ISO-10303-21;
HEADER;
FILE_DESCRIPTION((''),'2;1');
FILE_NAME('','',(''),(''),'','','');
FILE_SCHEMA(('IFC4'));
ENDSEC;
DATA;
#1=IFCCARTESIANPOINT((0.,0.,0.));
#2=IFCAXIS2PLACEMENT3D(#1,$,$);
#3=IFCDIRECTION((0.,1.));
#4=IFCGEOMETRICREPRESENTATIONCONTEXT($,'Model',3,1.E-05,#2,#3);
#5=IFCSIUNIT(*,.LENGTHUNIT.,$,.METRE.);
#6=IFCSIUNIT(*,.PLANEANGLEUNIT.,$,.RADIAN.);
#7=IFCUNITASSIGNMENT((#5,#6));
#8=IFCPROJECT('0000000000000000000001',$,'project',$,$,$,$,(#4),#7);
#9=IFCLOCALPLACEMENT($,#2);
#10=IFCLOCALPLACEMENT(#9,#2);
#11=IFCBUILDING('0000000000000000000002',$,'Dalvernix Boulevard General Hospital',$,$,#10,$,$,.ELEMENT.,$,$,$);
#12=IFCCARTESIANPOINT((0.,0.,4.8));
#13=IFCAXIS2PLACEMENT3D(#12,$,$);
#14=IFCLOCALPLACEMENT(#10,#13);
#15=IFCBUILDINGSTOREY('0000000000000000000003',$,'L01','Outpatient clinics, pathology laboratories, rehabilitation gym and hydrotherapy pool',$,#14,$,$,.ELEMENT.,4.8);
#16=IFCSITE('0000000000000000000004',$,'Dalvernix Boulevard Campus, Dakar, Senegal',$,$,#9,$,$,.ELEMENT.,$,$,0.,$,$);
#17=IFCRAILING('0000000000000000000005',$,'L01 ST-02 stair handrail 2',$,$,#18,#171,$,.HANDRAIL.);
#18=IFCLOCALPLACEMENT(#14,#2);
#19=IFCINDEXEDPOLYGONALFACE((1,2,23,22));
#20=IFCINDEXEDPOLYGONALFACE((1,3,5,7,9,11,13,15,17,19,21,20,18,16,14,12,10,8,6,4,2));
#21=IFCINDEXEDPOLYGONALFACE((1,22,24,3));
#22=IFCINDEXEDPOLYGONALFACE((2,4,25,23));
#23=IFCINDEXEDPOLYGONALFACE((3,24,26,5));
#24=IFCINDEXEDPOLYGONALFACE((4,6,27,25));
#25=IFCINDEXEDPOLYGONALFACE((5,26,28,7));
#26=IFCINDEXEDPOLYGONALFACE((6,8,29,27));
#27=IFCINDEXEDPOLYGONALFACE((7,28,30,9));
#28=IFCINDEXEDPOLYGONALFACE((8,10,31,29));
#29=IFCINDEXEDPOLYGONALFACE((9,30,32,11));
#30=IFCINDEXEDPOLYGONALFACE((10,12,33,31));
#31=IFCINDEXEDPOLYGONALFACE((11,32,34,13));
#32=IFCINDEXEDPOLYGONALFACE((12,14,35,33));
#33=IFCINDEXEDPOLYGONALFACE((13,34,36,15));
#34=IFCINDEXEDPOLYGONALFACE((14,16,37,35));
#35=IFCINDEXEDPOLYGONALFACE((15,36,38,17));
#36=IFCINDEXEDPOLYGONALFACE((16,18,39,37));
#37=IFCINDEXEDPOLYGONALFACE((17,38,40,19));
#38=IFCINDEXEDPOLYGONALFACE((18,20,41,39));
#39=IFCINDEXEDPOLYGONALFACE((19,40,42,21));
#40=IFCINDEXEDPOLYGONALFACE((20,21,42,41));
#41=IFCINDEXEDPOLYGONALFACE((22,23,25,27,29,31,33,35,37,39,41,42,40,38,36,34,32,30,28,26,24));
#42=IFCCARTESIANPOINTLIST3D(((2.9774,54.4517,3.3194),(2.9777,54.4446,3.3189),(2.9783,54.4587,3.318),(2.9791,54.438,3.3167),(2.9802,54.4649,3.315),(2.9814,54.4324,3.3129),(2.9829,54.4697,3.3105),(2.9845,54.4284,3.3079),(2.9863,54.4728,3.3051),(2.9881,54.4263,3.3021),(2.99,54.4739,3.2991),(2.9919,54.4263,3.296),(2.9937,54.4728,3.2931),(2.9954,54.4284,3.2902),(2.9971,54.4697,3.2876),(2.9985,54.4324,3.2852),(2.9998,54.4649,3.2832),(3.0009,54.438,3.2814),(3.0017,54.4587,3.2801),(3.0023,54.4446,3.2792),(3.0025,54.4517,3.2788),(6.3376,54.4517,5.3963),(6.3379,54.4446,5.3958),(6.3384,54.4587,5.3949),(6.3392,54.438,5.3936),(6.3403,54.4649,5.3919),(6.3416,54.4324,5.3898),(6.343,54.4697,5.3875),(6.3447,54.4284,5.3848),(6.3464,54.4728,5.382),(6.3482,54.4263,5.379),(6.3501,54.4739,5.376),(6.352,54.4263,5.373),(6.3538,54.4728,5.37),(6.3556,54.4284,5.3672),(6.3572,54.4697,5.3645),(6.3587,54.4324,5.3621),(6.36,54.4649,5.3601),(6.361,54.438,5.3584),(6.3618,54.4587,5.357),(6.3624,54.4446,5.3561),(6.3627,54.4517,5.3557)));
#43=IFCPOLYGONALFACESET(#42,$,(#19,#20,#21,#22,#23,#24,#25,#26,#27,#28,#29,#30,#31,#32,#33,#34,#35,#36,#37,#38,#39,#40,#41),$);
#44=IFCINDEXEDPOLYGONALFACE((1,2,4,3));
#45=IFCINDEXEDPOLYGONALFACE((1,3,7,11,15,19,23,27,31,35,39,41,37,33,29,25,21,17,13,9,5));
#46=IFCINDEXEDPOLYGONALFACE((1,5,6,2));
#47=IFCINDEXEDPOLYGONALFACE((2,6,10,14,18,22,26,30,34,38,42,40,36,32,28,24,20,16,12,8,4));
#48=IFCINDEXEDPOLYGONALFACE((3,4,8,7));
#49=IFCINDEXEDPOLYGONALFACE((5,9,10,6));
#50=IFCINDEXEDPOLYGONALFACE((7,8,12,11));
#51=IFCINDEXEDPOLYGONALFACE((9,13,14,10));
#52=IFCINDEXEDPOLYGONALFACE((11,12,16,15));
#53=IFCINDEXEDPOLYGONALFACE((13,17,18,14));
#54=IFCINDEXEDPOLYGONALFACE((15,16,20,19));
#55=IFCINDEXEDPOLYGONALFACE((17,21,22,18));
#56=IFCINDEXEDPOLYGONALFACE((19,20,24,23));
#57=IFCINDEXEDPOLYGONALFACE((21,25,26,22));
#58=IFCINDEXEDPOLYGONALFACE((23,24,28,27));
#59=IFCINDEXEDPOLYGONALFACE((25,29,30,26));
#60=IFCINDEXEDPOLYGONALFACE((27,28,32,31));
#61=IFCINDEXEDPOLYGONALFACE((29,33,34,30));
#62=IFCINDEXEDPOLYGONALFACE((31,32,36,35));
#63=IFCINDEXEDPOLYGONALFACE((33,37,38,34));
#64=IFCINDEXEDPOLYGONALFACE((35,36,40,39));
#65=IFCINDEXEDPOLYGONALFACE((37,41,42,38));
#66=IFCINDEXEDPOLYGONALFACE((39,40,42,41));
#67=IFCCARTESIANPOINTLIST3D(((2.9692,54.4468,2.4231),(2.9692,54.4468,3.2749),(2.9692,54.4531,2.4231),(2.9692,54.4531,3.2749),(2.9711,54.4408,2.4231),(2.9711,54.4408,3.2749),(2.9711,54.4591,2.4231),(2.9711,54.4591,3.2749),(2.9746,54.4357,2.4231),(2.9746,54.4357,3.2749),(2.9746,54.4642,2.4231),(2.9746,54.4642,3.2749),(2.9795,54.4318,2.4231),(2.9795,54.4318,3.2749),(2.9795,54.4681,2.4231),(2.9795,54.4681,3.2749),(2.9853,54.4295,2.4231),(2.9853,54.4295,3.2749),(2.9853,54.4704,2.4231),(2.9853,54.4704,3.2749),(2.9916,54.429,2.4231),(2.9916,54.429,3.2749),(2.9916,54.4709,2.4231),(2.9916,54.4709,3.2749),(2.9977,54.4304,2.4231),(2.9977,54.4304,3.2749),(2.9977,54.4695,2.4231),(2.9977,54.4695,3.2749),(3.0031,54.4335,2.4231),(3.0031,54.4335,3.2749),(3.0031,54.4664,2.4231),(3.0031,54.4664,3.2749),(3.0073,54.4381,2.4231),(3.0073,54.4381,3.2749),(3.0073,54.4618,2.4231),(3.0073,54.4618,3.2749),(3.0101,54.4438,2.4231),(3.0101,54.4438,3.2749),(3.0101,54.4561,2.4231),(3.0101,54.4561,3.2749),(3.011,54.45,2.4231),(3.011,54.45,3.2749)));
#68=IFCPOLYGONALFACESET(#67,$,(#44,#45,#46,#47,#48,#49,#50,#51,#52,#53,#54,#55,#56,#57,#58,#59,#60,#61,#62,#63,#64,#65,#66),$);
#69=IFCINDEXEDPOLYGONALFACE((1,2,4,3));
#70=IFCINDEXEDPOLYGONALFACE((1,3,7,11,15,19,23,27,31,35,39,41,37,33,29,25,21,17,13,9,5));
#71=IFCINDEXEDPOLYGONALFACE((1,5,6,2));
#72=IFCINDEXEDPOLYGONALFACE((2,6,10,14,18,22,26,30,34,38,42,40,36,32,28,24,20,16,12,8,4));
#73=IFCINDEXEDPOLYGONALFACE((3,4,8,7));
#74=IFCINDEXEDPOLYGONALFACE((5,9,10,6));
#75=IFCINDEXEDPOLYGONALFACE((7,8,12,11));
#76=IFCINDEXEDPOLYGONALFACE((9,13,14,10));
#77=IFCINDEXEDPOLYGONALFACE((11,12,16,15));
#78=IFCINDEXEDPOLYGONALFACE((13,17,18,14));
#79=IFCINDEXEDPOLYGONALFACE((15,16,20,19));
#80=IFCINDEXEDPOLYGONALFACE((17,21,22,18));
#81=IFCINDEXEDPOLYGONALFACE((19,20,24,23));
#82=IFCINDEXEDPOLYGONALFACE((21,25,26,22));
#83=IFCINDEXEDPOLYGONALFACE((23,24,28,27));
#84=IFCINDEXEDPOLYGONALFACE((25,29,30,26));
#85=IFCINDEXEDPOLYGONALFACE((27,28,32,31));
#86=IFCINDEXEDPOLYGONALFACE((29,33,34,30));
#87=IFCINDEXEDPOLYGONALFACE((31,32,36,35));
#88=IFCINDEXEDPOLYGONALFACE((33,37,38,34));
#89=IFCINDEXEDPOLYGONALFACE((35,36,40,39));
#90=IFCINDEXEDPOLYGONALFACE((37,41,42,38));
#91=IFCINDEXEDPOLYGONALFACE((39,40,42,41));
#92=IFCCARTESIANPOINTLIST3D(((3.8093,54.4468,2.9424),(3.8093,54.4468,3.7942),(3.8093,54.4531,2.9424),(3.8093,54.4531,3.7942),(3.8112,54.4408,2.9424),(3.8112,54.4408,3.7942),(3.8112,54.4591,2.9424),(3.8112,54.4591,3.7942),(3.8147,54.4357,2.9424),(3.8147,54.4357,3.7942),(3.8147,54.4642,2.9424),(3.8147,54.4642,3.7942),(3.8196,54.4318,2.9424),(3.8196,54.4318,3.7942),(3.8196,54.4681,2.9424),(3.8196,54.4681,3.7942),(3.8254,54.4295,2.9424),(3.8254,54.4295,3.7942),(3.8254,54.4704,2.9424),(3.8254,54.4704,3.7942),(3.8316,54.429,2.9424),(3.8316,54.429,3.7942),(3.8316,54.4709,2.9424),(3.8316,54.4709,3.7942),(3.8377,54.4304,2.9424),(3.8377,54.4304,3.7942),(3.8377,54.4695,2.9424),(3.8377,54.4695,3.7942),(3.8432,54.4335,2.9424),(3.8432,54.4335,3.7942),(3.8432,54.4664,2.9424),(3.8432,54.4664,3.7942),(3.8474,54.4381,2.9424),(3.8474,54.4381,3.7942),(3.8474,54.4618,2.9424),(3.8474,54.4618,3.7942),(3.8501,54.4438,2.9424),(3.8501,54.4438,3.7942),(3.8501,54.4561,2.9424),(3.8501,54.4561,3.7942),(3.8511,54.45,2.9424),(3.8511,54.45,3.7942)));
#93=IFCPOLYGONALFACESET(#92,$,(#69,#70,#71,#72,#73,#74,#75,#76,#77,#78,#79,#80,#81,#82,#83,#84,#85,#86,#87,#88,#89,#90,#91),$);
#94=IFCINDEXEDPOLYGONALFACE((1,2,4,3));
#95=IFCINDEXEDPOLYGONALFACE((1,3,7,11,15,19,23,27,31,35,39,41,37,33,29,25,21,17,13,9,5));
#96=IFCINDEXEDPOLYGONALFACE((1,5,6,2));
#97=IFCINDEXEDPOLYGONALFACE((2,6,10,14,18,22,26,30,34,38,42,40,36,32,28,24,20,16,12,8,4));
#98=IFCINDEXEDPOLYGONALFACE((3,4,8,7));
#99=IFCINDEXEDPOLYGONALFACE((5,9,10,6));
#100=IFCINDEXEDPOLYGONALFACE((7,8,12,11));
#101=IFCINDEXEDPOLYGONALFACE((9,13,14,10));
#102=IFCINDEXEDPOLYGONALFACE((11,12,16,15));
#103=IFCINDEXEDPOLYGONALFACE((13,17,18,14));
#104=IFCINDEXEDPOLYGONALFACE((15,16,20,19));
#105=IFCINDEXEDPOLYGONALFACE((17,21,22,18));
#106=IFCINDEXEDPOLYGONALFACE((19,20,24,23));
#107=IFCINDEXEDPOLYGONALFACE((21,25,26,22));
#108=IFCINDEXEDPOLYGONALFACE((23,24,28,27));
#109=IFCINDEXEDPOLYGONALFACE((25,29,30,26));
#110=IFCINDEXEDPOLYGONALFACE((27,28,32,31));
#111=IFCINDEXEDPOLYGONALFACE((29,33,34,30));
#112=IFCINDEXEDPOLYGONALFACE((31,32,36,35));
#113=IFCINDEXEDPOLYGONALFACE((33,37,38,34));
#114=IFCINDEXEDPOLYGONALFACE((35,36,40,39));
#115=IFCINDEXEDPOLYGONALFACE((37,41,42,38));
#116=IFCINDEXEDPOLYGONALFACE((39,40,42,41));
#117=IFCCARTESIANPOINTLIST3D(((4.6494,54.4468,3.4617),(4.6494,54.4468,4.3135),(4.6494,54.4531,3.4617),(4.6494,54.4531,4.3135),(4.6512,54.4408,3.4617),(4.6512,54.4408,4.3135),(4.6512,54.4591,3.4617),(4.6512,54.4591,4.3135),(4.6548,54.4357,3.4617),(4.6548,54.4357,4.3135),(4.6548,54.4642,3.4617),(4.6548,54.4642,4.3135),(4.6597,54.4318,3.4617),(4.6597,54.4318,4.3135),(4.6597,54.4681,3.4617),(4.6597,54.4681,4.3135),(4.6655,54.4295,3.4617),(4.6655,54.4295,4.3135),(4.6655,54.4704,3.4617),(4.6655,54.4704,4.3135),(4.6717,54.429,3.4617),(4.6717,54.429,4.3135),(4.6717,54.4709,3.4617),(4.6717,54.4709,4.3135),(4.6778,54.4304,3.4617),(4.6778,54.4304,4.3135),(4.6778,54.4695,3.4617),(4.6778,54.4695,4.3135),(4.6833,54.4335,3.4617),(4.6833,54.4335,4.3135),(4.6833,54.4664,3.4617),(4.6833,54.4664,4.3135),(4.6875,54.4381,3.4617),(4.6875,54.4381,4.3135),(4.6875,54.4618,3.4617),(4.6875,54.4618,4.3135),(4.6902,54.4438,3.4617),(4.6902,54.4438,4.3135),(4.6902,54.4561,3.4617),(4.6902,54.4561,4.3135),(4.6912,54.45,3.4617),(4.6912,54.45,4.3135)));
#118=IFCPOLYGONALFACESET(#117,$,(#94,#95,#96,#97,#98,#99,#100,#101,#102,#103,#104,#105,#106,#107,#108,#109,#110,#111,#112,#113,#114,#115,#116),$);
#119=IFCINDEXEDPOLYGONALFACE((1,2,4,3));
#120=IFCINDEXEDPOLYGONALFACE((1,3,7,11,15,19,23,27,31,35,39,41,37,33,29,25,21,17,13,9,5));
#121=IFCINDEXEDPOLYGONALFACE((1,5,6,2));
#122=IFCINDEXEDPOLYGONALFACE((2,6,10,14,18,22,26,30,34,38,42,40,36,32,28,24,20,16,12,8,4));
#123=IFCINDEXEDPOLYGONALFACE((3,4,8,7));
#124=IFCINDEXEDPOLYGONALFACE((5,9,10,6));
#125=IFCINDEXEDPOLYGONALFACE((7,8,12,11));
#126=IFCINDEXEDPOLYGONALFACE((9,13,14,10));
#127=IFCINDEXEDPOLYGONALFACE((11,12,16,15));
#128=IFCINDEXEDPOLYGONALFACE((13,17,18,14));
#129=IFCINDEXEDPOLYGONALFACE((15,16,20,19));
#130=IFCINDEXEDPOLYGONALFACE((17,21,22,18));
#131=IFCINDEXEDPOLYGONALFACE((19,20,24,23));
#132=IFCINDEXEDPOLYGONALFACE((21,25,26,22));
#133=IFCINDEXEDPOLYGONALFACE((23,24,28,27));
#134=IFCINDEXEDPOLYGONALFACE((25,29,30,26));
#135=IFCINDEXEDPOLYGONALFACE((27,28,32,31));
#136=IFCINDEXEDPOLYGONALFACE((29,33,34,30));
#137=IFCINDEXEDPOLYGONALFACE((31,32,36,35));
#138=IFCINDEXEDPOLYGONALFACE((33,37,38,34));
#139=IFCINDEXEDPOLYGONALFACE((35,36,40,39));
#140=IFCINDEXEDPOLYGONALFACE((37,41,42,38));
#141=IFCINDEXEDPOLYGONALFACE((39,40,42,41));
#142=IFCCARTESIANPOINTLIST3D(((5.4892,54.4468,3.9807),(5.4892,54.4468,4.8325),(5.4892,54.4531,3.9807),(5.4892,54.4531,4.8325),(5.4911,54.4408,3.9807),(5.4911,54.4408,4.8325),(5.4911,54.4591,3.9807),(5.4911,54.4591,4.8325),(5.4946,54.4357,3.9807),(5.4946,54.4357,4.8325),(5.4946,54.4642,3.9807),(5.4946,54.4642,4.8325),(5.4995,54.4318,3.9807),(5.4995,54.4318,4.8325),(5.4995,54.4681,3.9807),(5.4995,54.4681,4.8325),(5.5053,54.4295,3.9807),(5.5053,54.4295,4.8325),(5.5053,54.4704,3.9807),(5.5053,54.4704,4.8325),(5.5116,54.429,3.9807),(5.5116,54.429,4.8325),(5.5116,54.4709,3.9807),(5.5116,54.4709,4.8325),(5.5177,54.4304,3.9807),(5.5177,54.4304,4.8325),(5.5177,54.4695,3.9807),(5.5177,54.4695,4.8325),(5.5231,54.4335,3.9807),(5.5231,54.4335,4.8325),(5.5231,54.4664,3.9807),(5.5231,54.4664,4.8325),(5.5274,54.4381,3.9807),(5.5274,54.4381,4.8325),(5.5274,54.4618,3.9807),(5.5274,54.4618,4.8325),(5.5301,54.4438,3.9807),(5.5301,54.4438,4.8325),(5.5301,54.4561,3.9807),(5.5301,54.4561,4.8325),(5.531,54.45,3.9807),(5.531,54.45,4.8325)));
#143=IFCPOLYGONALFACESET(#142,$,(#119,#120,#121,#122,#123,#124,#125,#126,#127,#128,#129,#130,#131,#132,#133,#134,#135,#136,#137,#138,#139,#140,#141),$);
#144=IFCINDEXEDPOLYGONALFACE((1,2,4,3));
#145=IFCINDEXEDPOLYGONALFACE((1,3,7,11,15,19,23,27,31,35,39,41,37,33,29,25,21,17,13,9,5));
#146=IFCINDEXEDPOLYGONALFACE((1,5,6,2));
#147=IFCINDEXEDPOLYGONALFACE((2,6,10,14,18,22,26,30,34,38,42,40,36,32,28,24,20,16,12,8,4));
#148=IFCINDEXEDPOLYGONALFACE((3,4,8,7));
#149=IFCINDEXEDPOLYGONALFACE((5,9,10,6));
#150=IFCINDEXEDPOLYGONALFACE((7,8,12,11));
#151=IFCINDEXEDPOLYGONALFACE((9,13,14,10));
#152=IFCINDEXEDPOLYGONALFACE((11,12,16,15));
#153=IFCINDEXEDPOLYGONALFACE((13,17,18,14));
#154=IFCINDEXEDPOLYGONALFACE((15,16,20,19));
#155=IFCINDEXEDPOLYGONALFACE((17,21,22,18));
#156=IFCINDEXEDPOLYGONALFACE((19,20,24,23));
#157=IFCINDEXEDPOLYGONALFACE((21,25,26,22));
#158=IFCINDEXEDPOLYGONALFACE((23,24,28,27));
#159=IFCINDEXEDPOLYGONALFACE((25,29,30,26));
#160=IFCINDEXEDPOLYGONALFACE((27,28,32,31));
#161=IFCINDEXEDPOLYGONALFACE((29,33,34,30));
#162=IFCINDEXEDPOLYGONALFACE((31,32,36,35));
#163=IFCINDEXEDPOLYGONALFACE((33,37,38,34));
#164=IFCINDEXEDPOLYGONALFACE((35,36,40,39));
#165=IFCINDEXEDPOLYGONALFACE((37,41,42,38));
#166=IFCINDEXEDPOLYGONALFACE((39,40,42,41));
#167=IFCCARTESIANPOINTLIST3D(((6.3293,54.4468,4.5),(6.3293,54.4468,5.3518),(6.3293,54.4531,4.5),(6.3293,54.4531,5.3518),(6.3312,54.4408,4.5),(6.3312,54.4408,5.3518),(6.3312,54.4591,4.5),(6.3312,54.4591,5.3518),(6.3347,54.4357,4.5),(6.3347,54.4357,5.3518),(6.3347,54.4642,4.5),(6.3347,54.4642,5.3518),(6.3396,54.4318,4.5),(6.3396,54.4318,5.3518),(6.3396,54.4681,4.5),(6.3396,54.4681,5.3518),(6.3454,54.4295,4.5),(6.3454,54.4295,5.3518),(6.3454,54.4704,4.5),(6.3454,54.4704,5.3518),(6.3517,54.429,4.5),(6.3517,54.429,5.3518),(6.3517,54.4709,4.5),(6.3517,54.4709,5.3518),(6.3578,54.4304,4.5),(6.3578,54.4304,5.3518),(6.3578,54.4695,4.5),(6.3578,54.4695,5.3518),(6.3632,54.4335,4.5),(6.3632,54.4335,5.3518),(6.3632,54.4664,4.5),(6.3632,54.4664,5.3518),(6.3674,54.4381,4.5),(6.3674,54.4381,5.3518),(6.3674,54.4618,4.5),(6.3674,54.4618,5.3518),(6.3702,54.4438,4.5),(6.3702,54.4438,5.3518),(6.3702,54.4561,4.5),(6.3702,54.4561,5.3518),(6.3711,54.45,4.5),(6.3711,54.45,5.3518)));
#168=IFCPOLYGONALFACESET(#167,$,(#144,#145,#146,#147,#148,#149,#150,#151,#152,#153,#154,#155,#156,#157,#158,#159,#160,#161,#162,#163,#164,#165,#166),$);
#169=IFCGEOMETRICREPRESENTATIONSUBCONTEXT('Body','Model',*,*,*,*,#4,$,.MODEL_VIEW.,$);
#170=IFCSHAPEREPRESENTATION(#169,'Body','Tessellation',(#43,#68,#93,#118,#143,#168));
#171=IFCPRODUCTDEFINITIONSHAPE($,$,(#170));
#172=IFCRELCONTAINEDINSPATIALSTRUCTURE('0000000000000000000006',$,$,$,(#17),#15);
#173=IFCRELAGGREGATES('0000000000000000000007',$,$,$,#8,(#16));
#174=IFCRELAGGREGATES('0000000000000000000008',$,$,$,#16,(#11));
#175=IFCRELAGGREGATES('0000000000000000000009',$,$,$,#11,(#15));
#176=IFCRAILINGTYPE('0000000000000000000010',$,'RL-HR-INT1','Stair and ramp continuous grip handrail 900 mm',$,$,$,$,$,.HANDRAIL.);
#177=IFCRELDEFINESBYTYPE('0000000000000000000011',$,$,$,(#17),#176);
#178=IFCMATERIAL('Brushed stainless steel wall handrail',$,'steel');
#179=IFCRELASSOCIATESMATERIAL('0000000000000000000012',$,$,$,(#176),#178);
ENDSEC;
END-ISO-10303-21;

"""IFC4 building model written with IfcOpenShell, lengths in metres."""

from ifc_helpers import new_model, si_unit, direction, frame, origin, origin_2d, place, context, subcontext, project, spatial, circle, extrude, material, type_object, element, save


model = new_model("IFC4")

# Units and contexts
model_context = context("Model", 3, precision=1e-05, world=origin(), true_north=direction((0.0, 1.0)))
body_context = subcontext(model_context, "Body", "Model", "MODEL_VIEW")
ifc_project = project(units=[si_unit("LENGTHUNIT", "METRE"), si_unit("PLANEANGLEUNIT", "RADIAN")], contexts=[model_context])

# Site, building, storey
site_placement = place(None, origin())
site = spatial("IfcSite", under=ifc_project, at=site_placement, Name="Dalvernix Boulevard Campus, Dakar, Senegal", CompositionType="ELEMENT", RefElevation=0.0)
building_placement = place(site_placement, origin())
building = spatial("IfcBuilding", under=site, at=building_placement, Name="Dalvernix Boulevard General Hospital", CompositionType="ELEMENT")
storey_placement = place(building_placement, frame((0.0, 0.0, 4.8)))
storey = spatial("IfcBuildingStorey", under=building, at=storey_placement, Name="L01", Description="Outpatient clinics, pathology laboratories, rehabilitation gym and hydrotherapy pool", CompositionType="ELEMENT", Elevation=4.8)

# Railing
ifc_material_1 = material(Name="Brushed stainless steel wall handrail", Category="steel")
railing_type_1 = type_object("IfcRailingType", Name="RL-HR-INT1", Description="Stair and ramp continuous grip handrail 900 mm", PredefinedType="HANDRAIL", material=ifc_material_1)
railing_1_placement = place(storey_placement, frame((2.99, 54.45, 2.4231)))
element("IfcRailing", 1, at=railing_1_placement, inside=storey, type_object=railing_type_1, Name="L01 ST-02 stair handrail 2", PredefinedType="HANDRAIL", context=body_context, shape_type="SweptSolid", body=[
    extrude(circle(Radius=0.0239, at=origin_2d()), frame((0.0, 0.0, 0.876), z_axis=(0.850623, 0.0, 0.525776), x_axis=(0.0, 1.0, 0.0)), (0.0, 0.0, 1.0), 3.9502),
    extrude(circle(Radius=0.021, at=origin_2d()), origin(), (0.0, 0.0, 1.0), 0.8518),
    extrude(circle(Radius=0.021, at=origin_2d()), frame((0.8401, 0.0, 0.5193)), (0.0, 0.0, 1.0), 0.8518),
    extrude(circle(Radius=0.021, at=origin_2d()), frame((1.6802, 0.0, 1.0386)), (0.0, 0.0, 1.0), 0.8518),
    extrude(circle(Radius=0.021, at=origin_2d()), frame((2.52, 0.0, 1.5576)), (0.0, 0.0, 1.0), 0.8518),
    extrude(circle(Radius=0.021, at=origin_2d()), frame((3.3601, 0.0, 2.0769)), (0.0, 0.0, 1.0), 0.8518),
])

save(model, "model.ifc")
